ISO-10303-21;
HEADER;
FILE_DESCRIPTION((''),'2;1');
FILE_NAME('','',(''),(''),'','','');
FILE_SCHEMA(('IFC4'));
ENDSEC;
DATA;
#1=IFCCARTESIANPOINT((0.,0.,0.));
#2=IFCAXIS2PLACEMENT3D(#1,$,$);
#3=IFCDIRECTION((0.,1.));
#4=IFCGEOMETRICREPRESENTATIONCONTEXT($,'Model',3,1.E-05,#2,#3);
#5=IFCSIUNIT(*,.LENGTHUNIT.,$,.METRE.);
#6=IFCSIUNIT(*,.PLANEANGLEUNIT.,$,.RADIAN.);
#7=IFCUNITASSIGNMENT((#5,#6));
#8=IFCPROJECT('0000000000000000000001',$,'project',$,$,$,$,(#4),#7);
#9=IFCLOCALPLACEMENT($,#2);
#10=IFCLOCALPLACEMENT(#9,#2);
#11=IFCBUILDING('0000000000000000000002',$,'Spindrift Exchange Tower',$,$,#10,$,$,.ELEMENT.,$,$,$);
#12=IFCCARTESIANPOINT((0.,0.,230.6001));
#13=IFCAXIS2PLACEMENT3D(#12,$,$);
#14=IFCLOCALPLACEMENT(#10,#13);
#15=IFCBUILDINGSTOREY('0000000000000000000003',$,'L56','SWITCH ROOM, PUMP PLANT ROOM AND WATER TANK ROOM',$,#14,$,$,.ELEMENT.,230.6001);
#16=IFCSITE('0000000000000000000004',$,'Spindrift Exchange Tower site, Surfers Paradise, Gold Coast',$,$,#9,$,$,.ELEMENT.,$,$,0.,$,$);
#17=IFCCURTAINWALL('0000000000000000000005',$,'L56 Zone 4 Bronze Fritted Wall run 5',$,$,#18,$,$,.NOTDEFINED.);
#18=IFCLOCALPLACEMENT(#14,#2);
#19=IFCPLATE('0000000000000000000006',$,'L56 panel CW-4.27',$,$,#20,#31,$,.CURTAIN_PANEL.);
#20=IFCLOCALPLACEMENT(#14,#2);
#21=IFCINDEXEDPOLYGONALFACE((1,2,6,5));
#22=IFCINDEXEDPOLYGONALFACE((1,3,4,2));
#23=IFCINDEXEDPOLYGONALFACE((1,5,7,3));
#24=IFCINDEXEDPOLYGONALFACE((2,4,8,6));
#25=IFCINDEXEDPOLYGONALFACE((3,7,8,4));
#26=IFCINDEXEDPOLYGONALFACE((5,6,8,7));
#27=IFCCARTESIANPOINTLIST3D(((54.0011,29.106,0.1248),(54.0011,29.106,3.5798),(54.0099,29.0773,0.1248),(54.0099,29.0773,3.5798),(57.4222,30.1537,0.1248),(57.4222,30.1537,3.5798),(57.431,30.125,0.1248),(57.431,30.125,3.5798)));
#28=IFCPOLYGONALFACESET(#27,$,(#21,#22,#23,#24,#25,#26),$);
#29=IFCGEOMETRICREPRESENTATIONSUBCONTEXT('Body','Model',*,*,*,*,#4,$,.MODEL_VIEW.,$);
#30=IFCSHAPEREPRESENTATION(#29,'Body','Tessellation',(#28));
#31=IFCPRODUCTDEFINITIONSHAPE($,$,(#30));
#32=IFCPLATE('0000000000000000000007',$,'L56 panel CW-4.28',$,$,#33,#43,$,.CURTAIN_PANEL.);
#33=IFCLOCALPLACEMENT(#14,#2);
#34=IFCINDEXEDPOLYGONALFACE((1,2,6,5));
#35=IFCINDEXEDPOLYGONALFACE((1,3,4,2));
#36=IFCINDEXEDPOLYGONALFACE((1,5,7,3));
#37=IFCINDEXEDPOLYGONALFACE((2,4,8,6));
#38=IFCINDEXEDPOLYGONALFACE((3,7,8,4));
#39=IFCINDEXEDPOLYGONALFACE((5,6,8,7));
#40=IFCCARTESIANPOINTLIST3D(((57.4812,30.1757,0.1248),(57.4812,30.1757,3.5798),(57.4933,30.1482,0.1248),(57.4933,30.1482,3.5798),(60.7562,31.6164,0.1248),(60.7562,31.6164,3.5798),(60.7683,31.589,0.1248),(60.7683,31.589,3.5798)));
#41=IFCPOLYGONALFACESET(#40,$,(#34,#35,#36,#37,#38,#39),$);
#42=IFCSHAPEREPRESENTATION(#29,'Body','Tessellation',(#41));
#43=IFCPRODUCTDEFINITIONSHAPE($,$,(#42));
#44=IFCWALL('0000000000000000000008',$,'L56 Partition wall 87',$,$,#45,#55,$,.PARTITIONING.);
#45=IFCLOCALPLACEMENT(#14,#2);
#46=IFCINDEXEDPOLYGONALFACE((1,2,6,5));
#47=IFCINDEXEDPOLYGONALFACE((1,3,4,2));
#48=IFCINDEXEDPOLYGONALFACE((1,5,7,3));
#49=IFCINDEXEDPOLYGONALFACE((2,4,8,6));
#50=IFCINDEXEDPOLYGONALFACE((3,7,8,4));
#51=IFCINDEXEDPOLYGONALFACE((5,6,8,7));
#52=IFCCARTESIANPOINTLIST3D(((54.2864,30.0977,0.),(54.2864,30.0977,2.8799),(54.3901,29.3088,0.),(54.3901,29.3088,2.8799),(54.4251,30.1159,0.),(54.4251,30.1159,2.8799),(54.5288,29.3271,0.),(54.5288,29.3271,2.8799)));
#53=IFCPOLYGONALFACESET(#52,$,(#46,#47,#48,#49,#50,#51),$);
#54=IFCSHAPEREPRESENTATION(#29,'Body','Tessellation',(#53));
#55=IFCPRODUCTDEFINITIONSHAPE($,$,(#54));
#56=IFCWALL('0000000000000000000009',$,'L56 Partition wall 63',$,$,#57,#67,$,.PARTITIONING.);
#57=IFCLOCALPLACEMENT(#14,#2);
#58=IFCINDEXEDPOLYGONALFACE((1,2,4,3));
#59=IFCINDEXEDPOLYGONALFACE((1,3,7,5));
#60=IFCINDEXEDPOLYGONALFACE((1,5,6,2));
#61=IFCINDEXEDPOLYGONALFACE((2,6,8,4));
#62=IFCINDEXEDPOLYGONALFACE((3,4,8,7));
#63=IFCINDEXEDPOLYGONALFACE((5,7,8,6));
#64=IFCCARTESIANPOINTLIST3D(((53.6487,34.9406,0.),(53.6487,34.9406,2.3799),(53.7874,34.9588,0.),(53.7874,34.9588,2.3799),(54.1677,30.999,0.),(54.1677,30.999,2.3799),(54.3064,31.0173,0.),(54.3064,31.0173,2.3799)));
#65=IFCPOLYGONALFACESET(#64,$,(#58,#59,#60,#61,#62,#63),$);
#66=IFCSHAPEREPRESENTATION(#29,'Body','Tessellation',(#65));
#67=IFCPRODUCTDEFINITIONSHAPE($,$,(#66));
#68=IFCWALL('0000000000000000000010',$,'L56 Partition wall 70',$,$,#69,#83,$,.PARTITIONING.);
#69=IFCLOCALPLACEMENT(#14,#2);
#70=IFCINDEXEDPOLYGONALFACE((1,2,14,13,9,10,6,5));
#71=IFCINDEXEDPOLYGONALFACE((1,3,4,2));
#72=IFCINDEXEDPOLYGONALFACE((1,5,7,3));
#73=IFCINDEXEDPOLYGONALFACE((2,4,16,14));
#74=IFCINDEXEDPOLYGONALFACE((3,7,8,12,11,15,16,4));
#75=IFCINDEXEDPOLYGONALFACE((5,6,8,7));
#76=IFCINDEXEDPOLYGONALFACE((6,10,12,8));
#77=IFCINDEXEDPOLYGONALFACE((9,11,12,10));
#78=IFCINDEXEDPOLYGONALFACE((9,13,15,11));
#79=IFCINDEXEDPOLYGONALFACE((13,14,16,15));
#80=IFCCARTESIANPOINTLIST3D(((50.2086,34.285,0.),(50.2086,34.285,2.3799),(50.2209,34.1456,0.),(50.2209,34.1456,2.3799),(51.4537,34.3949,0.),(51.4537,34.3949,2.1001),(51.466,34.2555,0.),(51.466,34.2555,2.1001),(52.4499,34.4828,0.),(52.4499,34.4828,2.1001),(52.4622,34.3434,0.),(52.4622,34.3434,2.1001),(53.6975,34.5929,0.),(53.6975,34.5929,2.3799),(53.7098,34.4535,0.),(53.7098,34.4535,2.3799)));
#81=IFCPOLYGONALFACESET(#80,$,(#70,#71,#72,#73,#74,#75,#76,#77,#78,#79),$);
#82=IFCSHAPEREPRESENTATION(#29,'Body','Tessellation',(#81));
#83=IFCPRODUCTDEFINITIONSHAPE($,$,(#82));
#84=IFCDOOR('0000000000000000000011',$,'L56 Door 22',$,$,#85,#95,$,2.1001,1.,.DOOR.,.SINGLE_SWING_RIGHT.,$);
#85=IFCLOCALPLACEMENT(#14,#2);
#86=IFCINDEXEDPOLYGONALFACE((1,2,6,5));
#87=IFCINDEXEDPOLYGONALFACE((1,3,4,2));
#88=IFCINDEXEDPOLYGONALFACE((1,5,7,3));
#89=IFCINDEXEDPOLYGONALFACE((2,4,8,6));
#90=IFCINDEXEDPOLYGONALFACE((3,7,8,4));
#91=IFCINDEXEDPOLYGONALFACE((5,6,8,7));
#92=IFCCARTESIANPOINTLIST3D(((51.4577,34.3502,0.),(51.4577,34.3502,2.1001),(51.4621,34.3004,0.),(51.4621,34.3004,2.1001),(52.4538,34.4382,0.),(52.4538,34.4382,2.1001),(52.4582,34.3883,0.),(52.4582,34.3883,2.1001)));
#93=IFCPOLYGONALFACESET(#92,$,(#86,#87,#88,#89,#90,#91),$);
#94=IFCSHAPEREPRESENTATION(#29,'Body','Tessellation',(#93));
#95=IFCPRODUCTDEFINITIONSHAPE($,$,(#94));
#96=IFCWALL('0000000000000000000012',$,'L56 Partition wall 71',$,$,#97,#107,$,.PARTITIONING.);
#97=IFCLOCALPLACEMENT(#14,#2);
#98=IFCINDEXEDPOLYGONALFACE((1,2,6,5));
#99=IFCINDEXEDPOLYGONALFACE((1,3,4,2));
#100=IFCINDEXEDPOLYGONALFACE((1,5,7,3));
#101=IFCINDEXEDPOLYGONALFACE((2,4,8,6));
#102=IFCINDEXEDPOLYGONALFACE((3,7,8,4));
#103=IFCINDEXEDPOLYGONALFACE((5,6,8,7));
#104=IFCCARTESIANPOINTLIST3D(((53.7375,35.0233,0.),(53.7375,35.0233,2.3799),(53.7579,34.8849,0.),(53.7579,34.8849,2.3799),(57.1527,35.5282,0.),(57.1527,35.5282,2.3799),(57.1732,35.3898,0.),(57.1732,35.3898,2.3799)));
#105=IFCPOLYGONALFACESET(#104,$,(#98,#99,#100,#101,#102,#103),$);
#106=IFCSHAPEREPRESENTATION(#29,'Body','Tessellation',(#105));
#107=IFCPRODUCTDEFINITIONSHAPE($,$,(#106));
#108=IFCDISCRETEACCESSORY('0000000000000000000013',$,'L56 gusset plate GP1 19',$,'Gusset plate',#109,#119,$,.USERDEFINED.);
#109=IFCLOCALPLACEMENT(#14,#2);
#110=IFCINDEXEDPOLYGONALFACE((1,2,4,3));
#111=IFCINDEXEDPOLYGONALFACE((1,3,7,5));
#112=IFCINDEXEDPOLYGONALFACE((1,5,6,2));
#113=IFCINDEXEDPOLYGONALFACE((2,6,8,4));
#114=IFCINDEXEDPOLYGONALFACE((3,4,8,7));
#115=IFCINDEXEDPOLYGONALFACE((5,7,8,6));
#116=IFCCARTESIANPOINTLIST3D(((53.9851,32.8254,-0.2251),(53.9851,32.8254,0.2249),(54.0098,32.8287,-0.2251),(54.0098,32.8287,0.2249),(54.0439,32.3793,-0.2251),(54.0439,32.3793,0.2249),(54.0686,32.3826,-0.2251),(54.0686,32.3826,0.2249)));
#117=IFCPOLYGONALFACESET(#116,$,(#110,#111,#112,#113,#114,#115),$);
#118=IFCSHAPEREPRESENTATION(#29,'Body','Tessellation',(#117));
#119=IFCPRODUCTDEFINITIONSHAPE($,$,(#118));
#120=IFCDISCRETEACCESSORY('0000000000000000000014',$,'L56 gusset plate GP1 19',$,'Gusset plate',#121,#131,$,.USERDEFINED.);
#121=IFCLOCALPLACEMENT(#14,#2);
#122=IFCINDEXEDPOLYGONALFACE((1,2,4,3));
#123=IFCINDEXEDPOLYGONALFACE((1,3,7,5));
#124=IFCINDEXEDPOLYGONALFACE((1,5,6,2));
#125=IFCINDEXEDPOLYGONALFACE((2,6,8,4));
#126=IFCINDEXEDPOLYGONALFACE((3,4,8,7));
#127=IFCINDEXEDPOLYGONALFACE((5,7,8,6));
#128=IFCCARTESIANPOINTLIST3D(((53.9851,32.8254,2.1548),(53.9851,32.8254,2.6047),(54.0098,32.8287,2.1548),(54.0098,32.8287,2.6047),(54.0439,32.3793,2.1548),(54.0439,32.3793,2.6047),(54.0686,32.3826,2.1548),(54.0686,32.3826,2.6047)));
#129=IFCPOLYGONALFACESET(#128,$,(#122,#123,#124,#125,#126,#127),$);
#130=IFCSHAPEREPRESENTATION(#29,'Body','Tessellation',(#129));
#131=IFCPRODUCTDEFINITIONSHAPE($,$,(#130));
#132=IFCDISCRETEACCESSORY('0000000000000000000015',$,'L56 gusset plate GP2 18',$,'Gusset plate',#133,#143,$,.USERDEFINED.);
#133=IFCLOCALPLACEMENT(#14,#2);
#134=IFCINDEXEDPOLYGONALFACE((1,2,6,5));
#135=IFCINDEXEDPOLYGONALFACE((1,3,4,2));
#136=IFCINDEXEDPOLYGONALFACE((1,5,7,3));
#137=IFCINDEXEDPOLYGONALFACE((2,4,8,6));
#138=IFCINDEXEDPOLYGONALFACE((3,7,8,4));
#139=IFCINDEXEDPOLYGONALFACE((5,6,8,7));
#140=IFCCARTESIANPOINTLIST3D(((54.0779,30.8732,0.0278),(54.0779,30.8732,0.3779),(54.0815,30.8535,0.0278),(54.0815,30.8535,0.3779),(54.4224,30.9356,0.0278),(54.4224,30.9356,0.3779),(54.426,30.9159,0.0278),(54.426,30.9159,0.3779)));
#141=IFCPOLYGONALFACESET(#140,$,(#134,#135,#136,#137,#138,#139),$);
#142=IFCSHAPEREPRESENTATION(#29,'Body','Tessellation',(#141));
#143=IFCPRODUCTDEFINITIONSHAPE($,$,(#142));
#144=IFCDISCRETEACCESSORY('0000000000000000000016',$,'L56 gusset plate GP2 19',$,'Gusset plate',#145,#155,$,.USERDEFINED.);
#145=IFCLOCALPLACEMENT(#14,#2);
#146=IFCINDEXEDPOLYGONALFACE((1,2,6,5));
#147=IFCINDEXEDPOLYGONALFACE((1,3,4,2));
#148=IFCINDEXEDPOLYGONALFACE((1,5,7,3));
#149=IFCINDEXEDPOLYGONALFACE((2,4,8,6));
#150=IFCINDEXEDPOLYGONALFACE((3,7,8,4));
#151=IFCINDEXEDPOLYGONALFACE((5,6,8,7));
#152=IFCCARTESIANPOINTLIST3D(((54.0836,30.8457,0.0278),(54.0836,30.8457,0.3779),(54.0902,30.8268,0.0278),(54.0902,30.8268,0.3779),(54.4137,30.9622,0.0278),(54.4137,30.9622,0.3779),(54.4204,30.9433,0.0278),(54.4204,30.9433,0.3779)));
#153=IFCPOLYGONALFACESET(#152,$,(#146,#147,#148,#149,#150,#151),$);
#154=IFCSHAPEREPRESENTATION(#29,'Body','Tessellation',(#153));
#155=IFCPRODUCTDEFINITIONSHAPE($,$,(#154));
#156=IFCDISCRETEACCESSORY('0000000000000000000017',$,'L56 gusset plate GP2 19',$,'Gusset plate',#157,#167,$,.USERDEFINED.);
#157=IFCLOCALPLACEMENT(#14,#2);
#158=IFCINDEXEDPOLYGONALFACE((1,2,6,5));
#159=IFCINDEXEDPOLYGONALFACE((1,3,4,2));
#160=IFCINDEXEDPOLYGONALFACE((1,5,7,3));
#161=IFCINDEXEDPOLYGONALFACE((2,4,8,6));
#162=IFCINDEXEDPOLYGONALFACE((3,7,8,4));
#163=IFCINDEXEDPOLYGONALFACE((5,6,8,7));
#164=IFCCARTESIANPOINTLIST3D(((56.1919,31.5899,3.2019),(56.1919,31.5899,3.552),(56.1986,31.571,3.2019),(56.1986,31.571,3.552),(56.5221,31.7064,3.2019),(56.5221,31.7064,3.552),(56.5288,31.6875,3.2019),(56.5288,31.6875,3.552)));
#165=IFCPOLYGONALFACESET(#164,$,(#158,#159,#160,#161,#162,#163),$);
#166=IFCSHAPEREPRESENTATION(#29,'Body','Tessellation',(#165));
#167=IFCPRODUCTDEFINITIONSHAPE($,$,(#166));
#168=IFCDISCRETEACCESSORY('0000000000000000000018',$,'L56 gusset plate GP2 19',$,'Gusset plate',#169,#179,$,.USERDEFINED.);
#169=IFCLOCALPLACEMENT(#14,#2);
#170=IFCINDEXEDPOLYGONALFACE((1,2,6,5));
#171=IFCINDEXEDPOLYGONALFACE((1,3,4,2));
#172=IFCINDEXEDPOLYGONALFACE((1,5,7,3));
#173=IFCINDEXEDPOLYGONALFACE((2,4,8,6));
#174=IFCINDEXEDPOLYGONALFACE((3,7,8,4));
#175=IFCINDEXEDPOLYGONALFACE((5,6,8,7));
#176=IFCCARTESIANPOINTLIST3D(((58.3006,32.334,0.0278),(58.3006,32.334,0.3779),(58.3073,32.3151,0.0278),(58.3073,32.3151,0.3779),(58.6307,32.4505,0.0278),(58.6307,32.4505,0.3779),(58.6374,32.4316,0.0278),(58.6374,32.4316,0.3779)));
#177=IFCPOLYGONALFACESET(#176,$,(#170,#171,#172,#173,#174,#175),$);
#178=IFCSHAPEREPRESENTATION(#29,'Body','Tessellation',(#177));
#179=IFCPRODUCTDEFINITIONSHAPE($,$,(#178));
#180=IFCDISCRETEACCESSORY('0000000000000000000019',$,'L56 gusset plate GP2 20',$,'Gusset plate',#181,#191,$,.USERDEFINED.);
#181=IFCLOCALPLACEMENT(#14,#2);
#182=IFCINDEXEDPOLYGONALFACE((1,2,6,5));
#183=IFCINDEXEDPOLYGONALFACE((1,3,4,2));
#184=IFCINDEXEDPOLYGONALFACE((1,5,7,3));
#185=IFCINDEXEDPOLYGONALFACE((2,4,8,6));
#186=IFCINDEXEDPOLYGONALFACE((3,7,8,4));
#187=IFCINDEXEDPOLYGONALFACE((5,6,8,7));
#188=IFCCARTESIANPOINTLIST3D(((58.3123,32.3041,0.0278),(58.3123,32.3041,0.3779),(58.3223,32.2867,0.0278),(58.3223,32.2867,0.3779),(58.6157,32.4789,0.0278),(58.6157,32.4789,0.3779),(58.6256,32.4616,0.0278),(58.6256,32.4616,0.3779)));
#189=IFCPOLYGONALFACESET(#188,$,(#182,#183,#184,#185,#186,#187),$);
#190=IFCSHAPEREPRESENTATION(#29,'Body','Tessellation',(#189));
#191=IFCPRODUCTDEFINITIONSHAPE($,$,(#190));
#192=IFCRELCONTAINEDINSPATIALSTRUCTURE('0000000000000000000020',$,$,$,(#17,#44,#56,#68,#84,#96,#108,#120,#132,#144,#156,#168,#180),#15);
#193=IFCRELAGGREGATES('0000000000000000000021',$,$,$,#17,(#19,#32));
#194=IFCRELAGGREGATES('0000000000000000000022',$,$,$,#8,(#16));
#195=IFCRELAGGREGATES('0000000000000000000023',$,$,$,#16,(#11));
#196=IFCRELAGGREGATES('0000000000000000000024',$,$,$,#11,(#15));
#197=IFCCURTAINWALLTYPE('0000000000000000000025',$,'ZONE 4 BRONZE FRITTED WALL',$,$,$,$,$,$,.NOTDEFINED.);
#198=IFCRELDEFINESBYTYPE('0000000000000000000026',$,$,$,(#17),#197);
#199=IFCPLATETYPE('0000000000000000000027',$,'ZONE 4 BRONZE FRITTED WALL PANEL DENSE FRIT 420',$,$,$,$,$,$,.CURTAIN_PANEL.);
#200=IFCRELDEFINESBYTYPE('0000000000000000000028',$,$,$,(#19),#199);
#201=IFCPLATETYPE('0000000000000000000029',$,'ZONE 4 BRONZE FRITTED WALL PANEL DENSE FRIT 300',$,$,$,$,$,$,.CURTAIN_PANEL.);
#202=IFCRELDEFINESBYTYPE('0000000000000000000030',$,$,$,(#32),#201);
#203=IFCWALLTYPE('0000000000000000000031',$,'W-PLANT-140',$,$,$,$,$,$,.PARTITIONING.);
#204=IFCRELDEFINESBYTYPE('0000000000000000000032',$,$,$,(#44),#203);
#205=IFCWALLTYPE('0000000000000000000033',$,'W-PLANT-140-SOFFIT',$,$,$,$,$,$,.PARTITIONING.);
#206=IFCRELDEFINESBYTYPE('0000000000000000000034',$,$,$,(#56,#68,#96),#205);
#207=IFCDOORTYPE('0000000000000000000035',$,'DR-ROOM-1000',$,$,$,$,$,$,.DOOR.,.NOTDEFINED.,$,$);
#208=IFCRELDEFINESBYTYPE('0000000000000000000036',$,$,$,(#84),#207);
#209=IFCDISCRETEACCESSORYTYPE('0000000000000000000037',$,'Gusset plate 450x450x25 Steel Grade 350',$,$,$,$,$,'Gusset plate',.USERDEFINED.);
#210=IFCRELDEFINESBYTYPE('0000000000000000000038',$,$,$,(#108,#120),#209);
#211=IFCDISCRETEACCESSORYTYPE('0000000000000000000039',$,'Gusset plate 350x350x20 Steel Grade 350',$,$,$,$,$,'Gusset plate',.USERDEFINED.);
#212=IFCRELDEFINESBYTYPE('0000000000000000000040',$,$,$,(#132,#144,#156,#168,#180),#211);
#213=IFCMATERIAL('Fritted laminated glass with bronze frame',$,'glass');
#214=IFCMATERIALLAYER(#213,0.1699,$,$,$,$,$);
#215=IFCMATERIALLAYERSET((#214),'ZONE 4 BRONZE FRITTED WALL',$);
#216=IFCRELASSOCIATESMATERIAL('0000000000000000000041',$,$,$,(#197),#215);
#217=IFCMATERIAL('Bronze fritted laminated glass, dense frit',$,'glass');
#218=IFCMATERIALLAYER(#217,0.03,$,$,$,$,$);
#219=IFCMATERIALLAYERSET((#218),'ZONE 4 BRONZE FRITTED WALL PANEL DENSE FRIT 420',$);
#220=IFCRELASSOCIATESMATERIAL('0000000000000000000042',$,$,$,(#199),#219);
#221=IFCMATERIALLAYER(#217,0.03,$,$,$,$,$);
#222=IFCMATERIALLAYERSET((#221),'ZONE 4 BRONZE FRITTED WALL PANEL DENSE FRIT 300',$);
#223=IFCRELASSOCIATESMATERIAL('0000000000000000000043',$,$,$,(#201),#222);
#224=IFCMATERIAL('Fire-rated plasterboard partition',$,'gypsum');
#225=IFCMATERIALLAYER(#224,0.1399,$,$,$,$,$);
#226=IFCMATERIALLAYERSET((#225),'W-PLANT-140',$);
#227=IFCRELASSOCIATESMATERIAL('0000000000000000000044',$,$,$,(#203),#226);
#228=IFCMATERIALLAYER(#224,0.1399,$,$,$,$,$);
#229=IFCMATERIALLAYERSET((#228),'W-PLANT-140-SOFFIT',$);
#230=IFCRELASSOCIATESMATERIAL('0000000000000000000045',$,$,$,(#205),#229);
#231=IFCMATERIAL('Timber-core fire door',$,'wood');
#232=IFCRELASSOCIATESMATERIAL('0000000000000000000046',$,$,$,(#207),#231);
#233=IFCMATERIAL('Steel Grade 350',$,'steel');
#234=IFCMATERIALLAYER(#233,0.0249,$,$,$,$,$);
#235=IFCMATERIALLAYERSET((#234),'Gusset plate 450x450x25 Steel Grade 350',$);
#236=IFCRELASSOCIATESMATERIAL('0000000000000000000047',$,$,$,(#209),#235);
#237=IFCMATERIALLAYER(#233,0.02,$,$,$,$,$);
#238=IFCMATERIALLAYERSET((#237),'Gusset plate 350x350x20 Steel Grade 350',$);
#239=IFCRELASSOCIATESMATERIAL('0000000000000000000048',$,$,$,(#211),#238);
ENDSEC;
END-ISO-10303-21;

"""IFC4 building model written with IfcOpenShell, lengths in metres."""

from ifc_helpers import new_model, si_unit, direction, frame, frame_2d, origin, origin_2d, place, context, subcontext, project, spatial, rectangle, extrude, source, transform, mapped, material, layer, layer_set, type_object, element, fill, aggregate, save


model = new_model("IFC4")

# Units and contexts
model_context = context("Model", 3, precision=1e-05, world=origin(), true_north=direction((0.0, 1.0)))
body_context = subcontext(model_context, "Body", "Model", "MODEL_VIEW")
ifc_project = project(units=[si_unit("LENGTHUNIT", "METRE"), si_unit("PLANEANGLEUNIT", "RADIAN")], contexts=[model_context])

# Site, building, storey
site_placement = place(None, origin())
site = spatial("IfcSite", under=ifc_project, at=site_placement, Name="Spindrift Exchange Tower site, Surfers Paradise, Gold Coast", CompositionType="ELEMENT", RefElevation=0.0)
building_placement = place(site_placement, origin())
building = spatial("IfcBuilding", under=site, at=building_placement, Name="Spindrift Exchange Tower", CompositionType="ELEMENT")
storey_placement = place(building_placement, frame((0.0, 0.0, 230.6001)))
storey = spatial("IfcBuildingStorey", under=building, at=storey_placement, Name="L56", Description="SWITCH ROOM, PUMP PLANT ROOM AND WATER TANK ROOM", CompositionType="ELEMENT", Elevation=230.6001)

# Shared definitions
ifc_material_1 = material(Name="Steel Grade 350", Category="steel")

# Curtain wall, plates
ifc_material_2 = material(Name="Fritted laminated glass with bronze frame", Category="glass")
ifc_layer_1 = layer(ifc_material_2, 0.1699)
ifc_layer_set_1 = layer_set([ifc_layer_1], Name="ZONE 4 BRONZE FRITTED WALL")
curtain_wall_type = type_object("IfcCurtainWallType", Name="ZONE 4 BRONZE FRITTED WALL", PredefinedType="NOTDEFINED", material=ifc_layer_set_1)
curtain_wall_placement = place(storey_placement, origin())
curtain_wall = element("IfcCurtainWall", 1, at=curtain_wall_placement, inside=storey, type_object=curtain_wall_type, Name="L56 Zone 4 Bronze Fritted Wall run 5", PredefinedType="NOTDEFINED")
ifc_material_3 = material(Name="Bronze fritted laminated glass, dense frit", Category="glass")
ifc_layer_2 = layer(ifc_material_3, 0.03)
ifc_layer_set_2 = layer_set([ifc_layer_2], Name="ZONE 4 BRONZE FRITTED WALL PANEL DENSE FRIT 420")
plate_type_1 = type_object("IfcPlateType", Name="ZONE 4 BRONZE FRITTED WALL PANEL DENSE FRIT 420", PredefinedType="CURTAIN_PANEL", material=ifc_layer_set_2)
shared_shape_1 = source(origin(), body_context, "Body", "SweptSolid", [
    extrude(rectangle(XDim=3.5779, YDim=0.03, at=origin_2d()), origin(), (0.0, 0.0, 1.0), 3.4551),
])
plate_1_placement = place(storey_placement, frame((55.7161, 29.6155, 0.1248), z_axis=(0.0, 0.0, 1.0), x_axis=(0.956166, 0.292826, 0.0)))
plate_1 = element("IfcPlate", 2, at=plate_1_placement, type_object=plate_type_1, Name="L56 panel CW-4.27", PredefinedType="CURTAIN_PANEL", context=body_context, shape_type="MappedRepresentation", body=[
    mapped(shared_shape_1, transform((0.0, 0.0, 0.0), scale=1.0)),
])
ifc_layer_3 = layer(ifc_material_3, 0.03)
ifc_layer_set_3 = layer_set([ifc_layer_3], Name="ZONE 4 BRONZE FRITTED WALL PANEL DENSE FRIT 300")
plate_type_2 = type_object("IfcPlateType", Name="ZONE 4 BRONZE FRITTED WALL PANEL DENSE FRIT 300", PredefinedType="CURTAIN_PANEL", material=ifc_layer_set_3)
shared_shape_2 = source(origin(), body_context, "Body", "SweptSolid", [
    extrude(rectangle(XDim=3.5779, YDim=0.03, at=origin_2d()), origin(), (0.0, 0.0, 1.0), 3.4551),
])
plate_2_placement = place(storey_placement, frame((59.1248, 30.8823, 0.1248), z_axis=(0.0, 0.0, 1.0), x_axis=(0.915339, 0.402684, 0.0)))
plate_2 = element("IfcPlate", 3, at=plate_2_placement, type_object=plate_type_2, Name="L56 panel CW-4.28", PredefinedType="CURTAIN_PANEL", context=body_context, shape_type="MappedRepresentation", body=[
    mapped(shared_shape_2, transform((0.0, 0.0, 0.0), scale=1.0)),
])
aggregate(curtain_wall, [plate_1, plate_2])

# Walls
ifc_material_4 = material(Name="Fire-rated plasterboard partition", Category="gypsum")
ifc_layer_4 = layer(ifc_material_4, 0.1399)
ifc_layer_set_4 = layer_set([ifc_layer_4], Name="W-PLANT-140")
wall_type_1 = type_object("IfcWallType", Name="W-PLANT-140", PredefinedType="PARTITIONING", material=ifc_layer_set_4)
wall_1_placement = place(storey_placement, frame((54.3557, 30.1069, 0.0), z_axis=(0.0, 0.0, 1.0), x_axis=(0.130415, -0.99146, 0.0)))
element("IfcWall", 4, at=wall_1_placement, inside=storey, type_object=wall_type_1, Name="L56 Partition wall 87", PredefinedType="PARTITIONING", context=body_context, shape_type="SweptSolid", body=[
    extrude(rectangle(XDim=0.7957, YDim=0.1399, at=frame_2d((0.3979, 0.0))), origin(), (0.0, 0.0, 1.0), 2.8799),
])
ifc_layer_5 = layer(ifc_material_4, 0.1399)
ifc_layer_set_5 = layer_set([ifc_layer_5], Name="W-PLANT-140-SOFFIT")
wall_type_2 = type_object("IfcWallType", Name="W-PLANT-140-SOFFIT", PredefinedType="PARTITIONING", material=ifc_layer_set_5)
wall_2_placement = place(storey_placement, frame((53.718, 34.9497, 0.0), z_axis=(0.0, 0.0, 1.0), x_axis=(0.130555, -0.991441, 0.0)))
element("IfcWall", 5, at=wall_2_placement, inside=storey, type_object=wall_type_2, Name="L56 Partition wall 63", PredefinedType="PARTITIONING", context=body_context, shape_type="SweptSolid", body=[
    extrude(rectangle(XDim=3.9756, YDim=0.1399, at=frame_2d((1.9878, 0.0))), origin(), (0.0, 0.0, 1.0), 2.3799),
])

# Wall, opening, door
wall_3_placement = place(storey_placement, frame((53.7036, 34.5232, 0.0), z_axis=(0.0, 0.0, 1.0), x_axis=(-0.996129, -0.087902, 0.0)))
wall_3 = element("IfcWall", 6, at=wall_3_placement, inside=storey, type_object=wall_type_2, Name="L56 Partition wall 70", PredefinedType="PARTITIONING", context=body_context, shape_type="SweptSolid", body=[
    extrude(rectangle(XDim=3.5024, YDim=0.1399, at=frame_2d((1.7512, 0.0))), origin(), (0.0, 0.0, 1.0), 2.3799),
])
opening_placement = place(wall_3_placement, frame((1.2524, 0.0, 0.0)))
opening = element("IfcOpeningElement", 7, at=opening_placement, cuts=wall_3, PredefinedType="OPENING", context=body_context, shape_type="SweptSolid", body=[
    extrude(rectangle(XDim=1.0, YDim=2.1001, at=frame_2d((0.5, 1.05))), frame((0.0, 0.0798, 0.0), z_axis=(0.0, -1.0, 0.0), x_axis=(1.0, 0.0, 0.0)), (0.0, 0.0, 1.0), 0.1599),
])
ifc_material_5 = material(Name="Timber-core fire door", Category="wood")
door_type = type_object("IfcDoorType", Name="DR-ROOM-1000", OperationType="NOTDEFINED", PredefinedType="DOOR", material=ifc_material_5)
shared_shape_3 = source(origin(), body_context, "Body", "SweptSolid", [
    extrude(rectangle(XDim=1.0, YDim=2.1001, at=frame_2d((0.5, 1.05))), frame((0.0, 0.0249, 0.0), z_axis=(0.0, -1.0, 0.0), x_axis=(1.0, 0.0, 0.0)), (0.0, 0.0, 1.0), 0.05),
])
door_placement = place(opening_placement, origin())
door = element("IfcDoor", 8, at=door_placement, inside=storey, type_object=door_type, Name="L56 Door 22", OperationType="SINGLE_SWING_RIGHT", OverallHeight=2.1001, OverallWidth=1.0, PredefinedType="DOOR", context=body_context, shape_type="MappedRepresentation", body=[
    mapped(shared_shape_3, transform((0.0, 0.0, 0.0), scale=1.0)),
])
fill(opening, door)

# Wall
wall_4_placement = place(storey_placement, frame((53.7478, 34.9541, 0.0), z_axis=(0.0, 0.0, 1.0), x_axis=(0.989249, 0.146241, 0.0)))
element("IfcWall", 9, at=wall_4_placement, inside=storey, type_object=wall_type_2, Name="L56 Partition wall 71", PredefinedType="PARTITIONING", context=body_context, shape_type="SweptSolid", body=[
    extrude(rectangle(XDim=3.4524, YDim=0.1399, at=frame_2d((1.7261, 0.0))), origin(), (0.0, 0.0, 1.0), 2.3799),
])

# Discrete accessories
ifc_layer_6 = layer(ifc_material_1, 0.0249)
ifc_layer_set_6 = layer_set([ifc_layer_6], Name="Gusset plate 450x450x25 Steel Grade 350")
discrete_accessory_type_1 = type_object("IfcDiscreteAccessoryType", Name="Gusset plate 450x450x25 Steel Grade 350", ElementType="Gusset plate", PredefinedType="USERDEFINED", material=ifc_layer_set_6)
shared_shape_4 = source(origin(), body_context, "Body", "SweptSolid", [
    extrude(rectangle(XDim=0.45, YDim=0.0249, at=origin_2d()), origin(), (0.0, 0.0, 1.0), 0.45),
])
for number, where, z_axis, x_axis, name in (
    (10, (54.0269, 32.604, -0.2251), (0.0, 0.0, 1.0), (0.130526, -0.991445, 0.0), "L56 gusset plate GP1 19"),
    (11, (54.0269, 32.604, 2.1548), (0.0, 0.0, 1.0), (0.130526, -0.991445, 0.0), "L56 gusset plate GP1 19"),
):
    element("IfcDiscreteAccessory", number, at=place(storey_placement, frame(where, z_axis=z_axis, x_axis=x_axis)), inside=storey, type_object=discrete_accessory_type_1, Name=name, ObjectType="Gusset plate", PredefinedType="USERDEFINED", context=body_context, shape_type="MappedRepresentation", body=[
        mapped(shared_shape_4, transform((0.0, 0.0, 0.0), scale=1.0)),
    ])
ifc_layer_7 = layer(ifc_material_1, 0.02)
ifc_layer_set_7 = layer_set([ifc_layer_7], Name="Gusset plate 350x350x20 Steel Grade 350")
discrete_accessory_type_2 = type_object("IfcDiscreteAccessoryType", Name="Gusset plate 350x350x20 Steel Grade 350", ElementType="Gusset plate", PredefinedType="USERDEFINED", material=ifc_layer_set_7)
shared_shape_5 = source(origin(), body_context, "Body", "SweptSolid", [
    extrude(rectangle(XDim=0.3501, YDim=0.02, at=origin_2d()), origin(), (0.0, 0.0, 1.0), 0.3501),
])
for number, where, z_axis, x_axis, name in (
    (12, (54.252, 30.8945, 0.0278), (0.0, 0.0, 1.0), (0.983985, 0.178251, 0.0), "L56 gusset plate GP2 18"),
    (13, (54.252, 30.8945, 0.0278), (0.0, 0.0, 1.0), (0.943001, 0.33279, 0.0), "L56 gusset plate GP2 19"),
    (14, (56.3604, 31.6387, 3.2019), (0.0, 0.0, 1.0), (0.943001, 0.33279, 0.0), "L56 gusset plate GP2 19"),
    (15, (58.469, 32.3828, 0.0278), (0.0, 0.0, 1.0), (0.943015, 0.33275, 0.0), "L56 gusset plate GP2 19"),
    (16, (58.469, 32.3828, 0.0278), (0.0, 0.0, 1.0), (0.866363, 0.499415, 0.0), "L56 gusset plate GP2 20"),
):
    element("IfcDiscreteAccessory", number, at=place(storey_placement, frame(where, z_axis=z_axis, x_axis=x_axis)), inside=storey, type_object=discrete_accessory_type_2, Name=name, ObjectType="Gusset plate", PredefinedType="USERDEFINED", context=body_context, shape_type="MappedRepresentation", body=[
        mapped(shared_shape_5, transform((0.0, 0.0, 0.0), scale=1.0)),
    ])

save(model, "model.ifc")
